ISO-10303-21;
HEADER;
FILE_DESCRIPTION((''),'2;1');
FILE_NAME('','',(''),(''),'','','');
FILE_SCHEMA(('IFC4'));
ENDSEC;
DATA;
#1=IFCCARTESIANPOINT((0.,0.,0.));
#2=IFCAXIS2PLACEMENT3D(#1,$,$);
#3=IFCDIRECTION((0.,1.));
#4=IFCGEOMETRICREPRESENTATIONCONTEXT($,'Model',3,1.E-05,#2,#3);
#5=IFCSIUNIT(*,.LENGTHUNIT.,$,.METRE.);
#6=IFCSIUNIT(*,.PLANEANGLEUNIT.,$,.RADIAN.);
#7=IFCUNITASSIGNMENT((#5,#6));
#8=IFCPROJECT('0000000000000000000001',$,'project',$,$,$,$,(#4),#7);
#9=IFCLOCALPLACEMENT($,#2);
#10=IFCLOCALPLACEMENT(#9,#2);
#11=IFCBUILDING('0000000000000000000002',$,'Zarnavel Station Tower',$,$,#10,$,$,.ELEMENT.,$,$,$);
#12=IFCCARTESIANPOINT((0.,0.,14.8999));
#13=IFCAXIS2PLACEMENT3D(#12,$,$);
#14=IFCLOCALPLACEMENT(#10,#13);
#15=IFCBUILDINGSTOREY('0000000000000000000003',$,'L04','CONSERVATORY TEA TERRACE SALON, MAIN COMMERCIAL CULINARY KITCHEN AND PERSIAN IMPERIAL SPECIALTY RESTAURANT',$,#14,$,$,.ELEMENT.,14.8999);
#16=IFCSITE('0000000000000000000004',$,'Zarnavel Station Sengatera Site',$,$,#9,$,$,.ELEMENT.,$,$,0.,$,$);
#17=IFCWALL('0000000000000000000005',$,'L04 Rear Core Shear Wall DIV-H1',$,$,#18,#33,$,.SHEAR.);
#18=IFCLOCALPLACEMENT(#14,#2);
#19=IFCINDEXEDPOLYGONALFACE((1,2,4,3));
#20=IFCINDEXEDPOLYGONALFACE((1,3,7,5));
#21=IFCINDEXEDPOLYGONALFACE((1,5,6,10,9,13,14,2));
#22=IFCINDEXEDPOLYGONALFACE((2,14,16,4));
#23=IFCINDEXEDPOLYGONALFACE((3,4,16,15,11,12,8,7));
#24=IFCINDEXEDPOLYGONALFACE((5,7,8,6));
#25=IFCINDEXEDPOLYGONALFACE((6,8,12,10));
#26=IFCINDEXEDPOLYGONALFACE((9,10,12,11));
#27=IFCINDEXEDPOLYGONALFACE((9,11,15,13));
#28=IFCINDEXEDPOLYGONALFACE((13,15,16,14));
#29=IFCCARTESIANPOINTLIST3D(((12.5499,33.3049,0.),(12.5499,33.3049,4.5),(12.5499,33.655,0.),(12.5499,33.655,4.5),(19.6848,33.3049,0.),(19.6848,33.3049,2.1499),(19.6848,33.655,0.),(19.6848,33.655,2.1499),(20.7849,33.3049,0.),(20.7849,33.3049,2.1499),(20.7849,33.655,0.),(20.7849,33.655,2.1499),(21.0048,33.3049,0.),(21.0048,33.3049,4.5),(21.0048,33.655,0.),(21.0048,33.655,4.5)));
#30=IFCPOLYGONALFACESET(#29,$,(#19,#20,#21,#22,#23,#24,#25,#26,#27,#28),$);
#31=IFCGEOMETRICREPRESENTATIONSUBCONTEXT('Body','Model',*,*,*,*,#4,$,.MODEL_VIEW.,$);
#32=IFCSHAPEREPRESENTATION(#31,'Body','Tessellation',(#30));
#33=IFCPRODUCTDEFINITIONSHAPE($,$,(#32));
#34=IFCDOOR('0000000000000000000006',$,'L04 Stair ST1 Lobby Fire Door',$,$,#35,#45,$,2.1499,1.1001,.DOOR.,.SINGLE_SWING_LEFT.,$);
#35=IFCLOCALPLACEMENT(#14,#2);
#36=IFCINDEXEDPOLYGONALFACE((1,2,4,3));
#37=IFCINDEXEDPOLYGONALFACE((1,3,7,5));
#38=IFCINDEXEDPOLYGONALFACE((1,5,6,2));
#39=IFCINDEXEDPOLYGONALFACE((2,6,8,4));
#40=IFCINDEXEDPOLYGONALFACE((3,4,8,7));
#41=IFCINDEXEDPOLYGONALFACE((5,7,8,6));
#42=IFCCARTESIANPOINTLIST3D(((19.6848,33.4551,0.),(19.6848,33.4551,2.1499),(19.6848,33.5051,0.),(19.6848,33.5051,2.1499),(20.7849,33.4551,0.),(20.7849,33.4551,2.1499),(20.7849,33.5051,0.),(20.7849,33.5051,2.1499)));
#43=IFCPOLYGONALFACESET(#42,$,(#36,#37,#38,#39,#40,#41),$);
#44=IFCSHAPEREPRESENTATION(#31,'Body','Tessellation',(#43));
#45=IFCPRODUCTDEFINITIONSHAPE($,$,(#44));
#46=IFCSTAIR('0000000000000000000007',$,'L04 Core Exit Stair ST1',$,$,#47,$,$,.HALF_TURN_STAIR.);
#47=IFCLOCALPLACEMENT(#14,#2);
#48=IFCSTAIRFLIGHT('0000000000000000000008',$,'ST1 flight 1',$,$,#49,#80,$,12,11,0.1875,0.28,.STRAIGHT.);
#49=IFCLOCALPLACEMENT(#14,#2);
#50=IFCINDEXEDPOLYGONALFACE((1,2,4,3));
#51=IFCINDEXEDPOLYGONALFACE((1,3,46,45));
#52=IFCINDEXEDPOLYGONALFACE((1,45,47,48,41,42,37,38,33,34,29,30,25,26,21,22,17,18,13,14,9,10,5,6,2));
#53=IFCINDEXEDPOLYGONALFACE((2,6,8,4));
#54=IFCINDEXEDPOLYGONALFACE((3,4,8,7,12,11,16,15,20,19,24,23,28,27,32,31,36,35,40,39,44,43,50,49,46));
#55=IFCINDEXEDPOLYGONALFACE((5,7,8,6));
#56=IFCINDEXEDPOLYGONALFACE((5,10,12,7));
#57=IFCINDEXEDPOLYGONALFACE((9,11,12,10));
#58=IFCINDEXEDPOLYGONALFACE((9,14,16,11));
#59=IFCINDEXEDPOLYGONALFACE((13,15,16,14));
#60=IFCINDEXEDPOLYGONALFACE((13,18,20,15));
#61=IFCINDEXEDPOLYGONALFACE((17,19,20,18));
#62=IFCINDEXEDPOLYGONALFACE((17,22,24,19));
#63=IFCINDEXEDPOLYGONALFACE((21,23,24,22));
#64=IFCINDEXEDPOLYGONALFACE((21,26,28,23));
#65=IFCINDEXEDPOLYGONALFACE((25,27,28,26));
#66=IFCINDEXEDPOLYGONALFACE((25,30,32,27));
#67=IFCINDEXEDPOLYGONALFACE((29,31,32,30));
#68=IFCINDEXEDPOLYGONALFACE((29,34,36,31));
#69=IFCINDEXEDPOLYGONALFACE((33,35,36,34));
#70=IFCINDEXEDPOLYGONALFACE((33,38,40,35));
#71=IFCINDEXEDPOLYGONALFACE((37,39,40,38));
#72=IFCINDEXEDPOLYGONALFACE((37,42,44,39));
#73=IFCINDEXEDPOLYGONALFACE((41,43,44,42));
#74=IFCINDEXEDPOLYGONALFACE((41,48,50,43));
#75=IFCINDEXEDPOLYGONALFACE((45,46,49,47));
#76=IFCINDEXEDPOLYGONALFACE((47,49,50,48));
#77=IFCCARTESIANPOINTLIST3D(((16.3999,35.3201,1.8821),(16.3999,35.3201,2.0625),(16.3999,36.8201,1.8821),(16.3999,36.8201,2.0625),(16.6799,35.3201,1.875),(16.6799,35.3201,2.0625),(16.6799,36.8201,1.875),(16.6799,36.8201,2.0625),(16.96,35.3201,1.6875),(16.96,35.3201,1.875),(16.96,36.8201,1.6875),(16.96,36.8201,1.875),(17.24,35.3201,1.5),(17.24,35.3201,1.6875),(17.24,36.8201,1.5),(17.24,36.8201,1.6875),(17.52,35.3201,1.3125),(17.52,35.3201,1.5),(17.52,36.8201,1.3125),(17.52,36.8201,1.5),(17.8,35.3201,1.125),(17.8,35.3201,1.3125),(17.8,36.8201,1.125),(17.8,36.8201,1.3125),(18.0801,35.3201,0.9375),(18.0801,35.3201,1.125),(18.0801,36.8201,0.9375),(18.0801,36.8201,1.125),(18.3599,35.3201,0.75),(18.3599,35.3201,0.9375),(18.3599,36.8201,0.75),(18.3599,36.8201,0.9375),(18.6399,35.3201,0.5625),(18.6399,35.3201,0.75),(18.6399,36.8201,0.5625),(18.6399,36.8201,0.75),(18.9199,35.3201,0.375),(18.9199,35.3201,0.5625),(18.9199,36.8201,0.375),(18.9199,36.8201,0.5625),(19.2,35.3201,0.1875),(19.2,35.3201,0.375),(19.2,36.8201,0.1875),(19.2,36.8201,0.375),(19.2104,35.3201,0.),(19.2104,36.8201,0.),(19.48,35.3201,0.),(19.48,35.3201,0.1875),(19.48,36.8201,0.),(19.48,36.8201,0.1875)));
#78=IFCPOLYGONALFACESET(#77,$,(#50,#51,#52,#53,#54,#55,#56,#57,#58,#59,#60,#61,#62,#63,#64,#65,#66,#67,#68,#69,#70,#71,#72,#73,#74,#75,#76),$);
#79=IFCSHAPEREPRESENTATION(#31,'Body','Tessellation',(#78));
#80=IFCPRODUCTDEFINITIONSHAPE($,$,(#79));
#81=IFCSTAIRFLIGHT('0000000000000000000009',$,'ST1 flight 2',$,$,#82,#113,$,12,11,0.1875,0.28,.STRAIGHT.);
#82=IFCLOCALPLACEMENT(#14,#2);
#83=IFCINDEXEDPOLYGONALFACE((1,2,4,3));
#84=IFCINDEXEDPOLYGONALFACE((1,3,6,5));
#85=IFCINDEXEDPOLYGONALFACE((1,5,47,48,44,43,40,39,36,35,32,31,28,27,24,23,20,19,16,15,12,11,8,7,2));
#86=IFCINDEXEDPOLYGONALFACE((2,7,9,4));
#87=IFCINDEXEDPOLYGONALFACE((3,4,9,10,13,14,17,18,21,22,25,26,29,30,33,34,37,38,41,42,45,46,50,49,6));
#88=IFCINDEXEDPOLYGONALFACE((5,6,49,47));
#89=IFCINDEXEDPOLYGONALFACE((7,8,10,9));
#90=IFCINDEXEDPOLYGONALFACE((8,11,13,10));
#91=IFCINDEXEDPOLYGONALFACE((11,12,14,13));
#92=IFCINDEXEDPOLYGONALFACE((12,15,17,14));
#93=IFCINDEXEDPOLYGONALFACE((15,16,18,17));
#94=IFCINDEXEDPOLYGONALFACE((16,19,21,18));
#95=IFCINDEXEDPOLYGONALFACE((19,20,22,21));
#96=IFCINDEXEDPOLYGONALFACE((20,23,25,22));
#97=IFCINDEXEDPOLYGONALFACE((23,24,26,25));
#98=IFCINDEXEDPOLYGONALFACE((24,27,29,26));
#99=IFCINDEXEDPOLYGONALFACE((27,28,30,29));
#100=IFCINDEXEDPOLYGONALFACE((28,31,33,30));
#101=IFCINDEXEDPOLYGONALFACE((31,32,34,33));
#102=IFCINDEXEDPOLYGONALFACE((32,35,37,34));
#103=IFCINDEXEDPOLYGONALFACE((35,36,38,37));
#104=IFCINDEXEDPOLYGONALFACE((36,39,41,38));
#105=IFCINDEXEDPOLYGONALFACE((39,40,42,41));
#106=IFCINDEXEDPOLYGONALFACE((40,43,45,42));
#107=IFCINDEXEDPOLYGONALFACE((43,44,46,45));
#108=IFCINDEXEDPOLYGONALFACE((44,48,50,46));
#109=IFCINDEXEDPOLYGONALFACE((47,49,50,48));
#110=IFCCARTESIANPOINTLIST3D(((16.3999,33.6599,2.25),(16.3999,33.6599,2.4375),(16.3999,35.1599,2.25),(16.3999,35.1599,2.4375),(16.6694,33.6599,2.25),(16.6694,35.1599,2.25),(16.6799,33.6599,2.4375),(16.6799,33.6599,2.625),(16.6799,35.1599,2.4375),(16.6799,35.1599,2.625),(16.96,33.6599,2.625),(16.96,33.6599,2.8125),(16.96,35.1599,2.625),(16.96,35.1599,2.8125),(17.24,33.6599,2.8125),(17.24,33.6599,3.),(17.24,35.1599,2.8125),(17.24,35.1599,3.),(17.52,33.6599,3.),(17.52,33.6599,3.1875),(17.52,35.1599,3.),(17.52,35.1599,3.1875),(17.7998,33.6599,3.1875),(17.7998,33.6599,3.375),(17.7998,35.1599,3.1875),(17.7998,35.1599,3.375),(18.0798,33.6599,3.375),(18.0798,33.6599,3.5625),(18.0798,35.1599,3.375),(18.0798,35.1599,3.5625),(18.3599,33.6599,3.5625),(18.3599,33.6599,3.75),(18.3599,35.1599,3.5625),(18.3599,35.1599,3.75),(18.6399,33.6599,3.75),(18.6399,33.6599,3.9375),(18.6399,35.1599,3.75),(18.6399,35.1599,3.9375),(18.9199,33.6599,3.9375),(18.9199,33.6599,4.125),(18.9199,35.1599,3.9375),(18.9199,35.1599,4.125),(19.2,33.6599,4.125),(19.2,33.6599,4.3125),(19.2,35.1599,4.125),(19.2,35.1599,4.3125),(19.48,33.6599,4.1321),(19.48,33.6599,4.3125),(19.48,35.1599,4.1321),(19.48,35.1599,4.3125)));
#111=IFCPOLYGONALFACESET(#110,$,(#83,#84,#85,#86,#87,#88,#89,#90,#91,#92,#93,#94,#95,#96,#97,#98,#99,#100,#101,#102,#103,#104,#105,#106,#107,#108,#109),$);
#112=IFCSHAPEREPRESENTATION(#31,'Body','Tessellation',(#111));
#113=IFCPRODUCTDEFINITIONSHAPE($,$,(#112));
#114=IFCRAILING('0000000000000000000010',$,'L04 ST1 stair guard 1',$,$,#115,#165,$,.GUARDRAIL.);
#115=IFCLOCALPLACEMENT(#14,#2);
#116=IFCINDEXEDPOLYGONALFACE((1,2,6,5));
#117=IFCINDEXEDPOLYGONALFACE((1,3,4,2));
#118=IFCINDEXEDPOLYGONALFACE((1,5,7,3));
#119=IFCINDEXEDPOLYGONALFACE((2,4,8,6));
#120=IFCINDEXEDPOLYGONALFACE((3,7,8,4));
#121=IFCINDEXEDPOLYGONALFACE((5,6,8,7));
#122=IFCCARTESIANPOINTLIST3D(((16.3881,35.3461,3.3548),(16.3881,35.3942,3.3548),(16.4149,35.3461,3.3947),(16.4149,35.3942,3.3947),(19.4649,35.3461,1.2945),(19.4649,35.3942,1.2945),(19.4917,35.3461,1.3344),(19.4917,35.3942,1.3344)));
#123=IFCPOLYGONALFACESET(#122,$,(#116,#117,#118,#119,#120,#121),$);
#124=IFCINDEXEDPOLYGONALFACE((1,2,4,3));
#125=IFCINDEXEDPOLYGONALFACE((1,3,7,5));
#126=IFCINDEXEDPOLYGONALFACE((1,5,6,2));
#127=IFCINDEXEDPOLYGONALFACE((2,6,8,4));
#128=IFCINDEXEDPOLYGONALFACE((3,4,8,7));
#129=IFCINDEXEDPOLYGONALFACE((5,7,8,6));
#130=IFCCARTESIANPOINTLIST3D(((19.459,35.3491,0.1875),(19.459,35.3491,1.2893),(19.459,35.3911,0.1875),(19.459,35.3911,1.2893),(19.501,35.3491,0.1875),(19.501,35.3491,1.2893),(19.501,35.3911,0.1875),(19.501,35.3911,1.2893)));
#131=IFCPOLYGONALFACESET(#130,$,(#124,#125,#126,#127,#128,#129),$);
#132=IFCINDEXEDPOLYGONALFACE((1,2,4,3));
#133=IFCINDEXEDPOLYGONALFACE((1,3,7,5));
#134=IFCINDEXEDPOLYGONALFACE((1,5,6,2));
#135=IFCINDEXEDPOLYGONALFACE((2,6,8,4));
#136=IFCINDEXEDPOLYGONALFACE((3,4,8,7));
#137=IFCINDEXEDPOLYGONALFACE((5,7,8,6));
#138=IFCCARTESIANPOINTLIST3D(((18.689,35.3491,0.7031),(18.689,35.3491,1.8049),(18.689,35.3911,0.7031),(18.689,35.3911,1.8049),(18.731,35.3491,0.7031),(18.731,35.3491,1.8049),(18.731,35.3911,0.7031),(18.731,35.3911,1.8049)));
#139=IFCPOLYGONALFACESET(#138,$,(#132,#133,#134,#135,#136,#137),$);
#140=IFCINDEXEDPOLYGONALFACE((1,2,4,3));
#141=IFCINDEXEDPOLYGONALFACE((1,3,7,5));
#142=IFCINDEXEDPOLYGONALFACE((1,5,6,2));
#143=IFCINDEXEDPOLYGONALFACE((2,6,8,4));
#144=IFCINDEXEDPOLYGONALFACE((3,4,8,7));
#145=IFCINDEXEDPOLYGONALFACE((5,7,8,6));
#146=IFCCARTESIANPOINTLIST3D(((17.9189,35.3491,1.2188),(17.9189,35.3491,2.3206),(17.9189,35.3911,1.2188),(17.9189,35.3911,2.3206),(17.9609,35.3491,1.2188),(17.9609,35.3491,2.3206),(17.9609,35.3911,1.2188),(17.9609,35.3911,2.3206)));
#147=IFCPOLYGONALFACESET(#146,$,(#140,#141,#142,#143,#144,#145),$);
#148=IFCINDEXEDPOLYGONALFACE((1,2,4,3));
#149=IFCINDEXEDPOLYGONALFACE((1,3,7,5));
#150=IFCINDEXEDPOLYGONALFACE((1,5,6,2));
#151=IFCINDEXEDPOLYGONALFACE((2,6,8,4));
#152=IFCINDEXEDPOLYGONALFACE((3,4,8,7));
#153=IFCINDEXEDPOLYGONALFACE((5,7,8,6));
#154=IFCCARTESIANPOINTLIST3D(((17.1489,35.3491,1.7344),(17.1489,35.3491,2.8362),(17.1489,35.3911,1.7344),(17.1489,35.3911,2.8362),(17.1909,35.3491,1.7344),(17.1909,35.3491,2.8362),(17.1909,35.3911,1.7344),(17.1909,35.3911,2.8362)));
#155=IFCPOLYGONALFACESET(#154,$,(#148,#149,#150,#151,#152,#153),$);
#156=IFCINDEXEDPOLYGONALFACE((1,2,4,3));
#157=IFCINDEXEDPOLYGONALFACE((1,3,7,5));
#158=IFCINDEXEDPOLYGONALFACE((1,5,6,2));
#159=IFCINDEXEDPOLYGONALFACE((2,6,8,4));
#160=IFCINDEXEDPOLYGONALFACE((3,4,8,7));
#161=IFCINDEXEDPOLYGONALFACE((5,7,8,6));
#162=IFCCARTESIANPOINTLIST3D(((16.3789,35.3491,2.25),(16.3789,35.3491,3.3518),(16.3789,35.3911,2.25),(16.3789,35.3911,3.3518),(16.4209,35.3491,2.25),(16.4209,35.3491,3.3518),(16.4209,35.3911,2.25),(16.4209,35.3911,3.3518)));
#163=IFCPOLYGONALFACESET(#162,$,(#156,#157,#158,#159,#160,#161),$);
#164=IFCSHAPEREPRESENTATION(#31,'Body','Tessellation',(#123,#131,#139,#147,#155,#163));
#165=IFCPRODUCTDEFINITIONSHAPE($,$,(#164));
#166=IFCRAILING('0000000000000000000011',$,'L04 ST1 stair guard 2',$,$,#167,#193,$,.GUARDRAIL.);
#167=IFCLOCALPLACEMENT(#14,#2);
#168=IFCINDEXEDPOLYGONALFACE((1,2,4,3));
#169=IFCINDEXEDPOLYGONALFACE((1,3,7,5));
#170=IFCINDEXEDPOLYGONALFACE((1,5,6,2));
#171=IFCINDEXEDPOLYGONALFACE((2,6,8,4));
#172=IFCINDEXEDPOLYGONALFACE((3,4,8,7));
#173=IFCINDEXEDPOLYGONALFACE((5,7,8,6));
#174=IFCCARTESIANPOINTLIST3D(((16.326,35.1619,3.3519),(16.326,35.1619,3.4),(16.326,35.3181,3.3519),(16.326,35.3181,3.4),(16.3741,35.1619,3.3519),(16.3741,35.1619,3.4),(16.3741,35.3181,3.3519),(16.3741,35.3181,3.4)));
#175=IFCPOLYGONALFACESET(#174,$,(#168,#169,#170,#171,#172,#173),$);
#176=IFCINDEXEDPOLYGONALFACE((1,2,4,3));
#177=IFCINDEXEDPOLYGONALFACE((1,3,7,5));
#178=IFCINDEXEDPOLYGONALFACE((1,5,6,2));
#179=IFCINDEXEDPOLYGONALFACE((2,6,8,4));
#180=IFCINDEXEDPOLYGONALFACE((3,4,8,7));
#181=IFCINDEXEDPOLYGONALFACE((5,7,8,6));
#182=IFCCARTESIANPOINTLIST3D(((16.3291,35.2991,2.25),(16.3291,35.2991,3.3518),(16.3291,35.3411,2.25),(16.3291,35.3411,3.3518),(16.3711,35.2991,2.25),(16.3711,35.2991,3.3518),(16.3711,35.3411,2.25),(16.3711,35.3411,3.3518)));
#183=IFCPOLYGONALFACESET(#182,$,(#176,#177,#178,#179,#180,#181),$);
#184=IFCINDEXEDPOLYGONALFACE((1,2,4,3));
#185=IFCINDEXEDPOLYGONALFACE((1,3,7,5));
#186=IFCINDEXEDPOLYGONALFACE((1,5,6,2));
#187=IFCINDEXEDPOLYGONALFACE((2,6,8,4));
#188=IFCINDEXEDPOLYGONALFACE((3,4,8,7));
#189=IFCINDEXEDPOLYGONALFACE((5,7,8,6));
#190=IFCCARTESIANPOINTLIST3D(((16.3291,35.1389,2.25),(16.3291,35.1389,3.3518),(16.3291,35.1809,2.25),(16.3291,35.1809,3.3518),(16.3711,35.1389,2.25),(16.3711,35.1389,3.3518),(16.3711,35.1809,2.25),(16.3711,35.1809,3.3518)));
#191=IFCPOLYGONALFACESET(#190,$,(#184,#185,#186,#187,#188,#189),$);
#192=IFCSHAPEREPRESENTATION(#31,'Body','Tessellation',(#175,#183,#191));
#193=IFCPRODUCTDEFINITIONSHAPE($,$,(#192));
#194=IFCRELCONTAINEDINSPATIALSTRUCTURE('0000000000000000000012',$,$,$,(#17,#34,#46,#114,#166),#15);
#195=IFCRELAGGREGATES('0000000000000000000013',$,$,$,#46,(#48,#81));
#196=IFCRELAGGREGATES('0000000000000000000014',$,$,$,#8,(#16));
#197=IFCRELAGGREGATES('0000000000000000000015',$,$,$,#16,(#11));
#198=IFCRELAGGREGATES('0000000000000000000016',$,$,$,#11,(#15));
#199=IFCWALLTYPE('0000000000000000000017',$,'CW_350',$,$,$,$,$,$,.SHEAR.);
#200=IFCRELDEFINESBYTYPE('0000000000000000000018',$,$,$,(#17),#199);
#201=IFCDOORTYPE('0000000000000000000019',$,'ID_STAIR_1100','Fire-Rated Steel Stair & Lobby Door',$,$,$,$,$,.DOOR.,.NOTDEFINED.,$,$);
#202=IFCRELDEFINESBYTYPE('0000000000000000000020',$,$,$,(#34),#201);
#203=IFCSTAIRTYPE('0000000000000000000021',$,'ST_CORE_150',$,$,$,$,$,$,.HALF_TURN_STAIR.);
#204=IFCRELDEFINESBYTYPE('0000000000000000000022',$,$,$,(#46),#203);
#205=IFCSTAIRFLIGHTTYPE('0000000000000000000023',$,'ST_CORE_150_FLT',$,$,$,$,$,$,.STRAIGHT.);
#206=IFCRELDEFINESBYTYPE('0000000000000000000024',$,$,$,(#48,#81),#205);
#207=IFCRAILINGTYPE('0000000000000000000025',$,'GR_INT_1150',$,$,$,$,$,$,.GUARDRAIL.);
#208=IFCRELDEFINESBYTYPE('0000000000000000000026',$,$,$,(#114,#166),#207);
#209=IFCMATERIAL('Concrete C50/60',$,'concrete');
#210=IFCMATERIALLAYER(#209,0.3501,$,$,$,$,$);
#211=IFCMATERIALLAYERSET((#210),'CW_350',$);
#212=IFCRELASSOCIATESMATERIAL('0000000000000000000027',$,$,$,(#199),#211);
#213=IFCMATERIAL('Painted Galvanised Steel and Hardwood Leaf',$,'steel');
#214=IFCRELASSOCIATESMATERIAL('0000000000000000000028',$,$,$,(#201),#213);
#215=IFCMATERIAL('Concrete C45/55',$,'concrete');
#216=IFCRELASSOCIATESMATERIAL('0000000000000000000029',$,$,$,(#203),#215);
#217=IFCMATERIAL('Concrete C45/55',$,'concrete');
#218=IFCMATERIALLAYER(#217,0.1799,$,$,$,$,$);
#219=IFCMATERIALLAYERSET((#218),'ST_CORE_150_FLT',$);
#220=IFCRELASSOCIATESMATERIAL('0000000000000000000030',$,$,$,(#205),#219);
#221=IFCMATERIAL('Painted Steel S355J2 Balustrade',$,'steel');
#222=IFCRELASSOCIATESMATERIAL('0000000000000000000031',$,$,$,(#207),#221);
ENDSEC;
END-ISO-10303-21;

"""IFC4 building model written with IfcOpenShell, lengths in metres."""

from ifc_helpers import new_model, si_unit, direction, frame, frame_2d, origin, origin_2d, place, context, subcontext, project, spatial, polyline, rectangle, outline, extrude, material, layer, layer_set, type_object, element, fill, aggregate, save


model = new_model("IFC4")

# Units and contexts
model_context = context("Model", 3, precision=1e-05, world=origin(), true_north=direction((0.0, 1.0)))
body_context = subcontext(model_context, "Body", "Model", "MODEL_VIEW")
ifc_project = project(units=[si_unit("LENGTHUNIT", "METRE"), si_unit("PLANEANGLEUNIT", "RADIAN")], contexts=[model_context])

# Site, building, storey
site_placement = place(None, origin())
site = spatial("IfcSite", under=ifc_project, at=site_placement, Name="Zarnavel Station Sengatera Site", CompositionType="ELEMENT", RefElevation=0.0)
building_placement = place(site_placement, origin())
building = spatial("IfcBuilding", under=site, at=building_placement, Name="Zarnavel Station Tower", CompositionType="ELEMENT")
storey_placement = place(building_placement, frame((0.0, 0.0, 14.8999)))
storey = spatial("IfcBuildingStorey", under=building, at=storey_placement, Name="L04", Description="CONSERVATORY TEA TERRACE SALON, MAIN COMMERCIAL CULINARY KITCHEN AND PERSIAN IMPERIAL SPECIALTY RESTAURANT", CompositionType="ELEMENT", Elevation=14.8999)

# Wall, opening, door
ifc_material_1 = material(Name="Concrete C50/60", Category="concrete")
ifc_layer_1 = layer(ifc_material_1, 0.3501)
ifc_layer_set_1 = layer_set([ifc_layer_1], Name="CW_350")
wall_type_1 = type_object("IfcWallType", Name="CW_350", PredefinedType="SHEAR", material=ifc_layer_set_1)
wall_1_placement = place(storey_placement, frame((21.0049, 33.48, 0.0), z_axis=(0.0, 0.0, 1.0), x_axis=(-1.0, 0.0, 0.0)))
wall_1 = element("IfcWall", 1, at=wall_1_placement, inside=storey, type_object=wall_type_1, Name="L04 Rear Core Shear Wall DIV-H1", PredefinedType="SHEAR", context=body_context, shape_type="SweptSolid", body=[
    extrude(rectangle(XDim=8.4548, YDim=0.3501, at=frame_2d((4.2275, 0.0))), origin(), (0.0, 0.0, 1.0), 4.5),
])
opening_1_placement = place(wall_1_placement, frame((0.22, 0.0, 0.0)))
opening_1 = element("IfcOpeningElement", 2, at=opening_1_placement, cuts=wall_1, PredefinedType="OPENING", context=body_context, shape_type="SweptSolid", body=[
    extrude(rectangle(XDim=1.1001, YDim=2.1499, at=frame_2d((0.55, 1.075))), frame((0.0, 0.1851, 0.0), z_axis=(0.0, -1.0, 0.0), x_axis=(1.0, 0.0, 0.0)), (0.0, 0.0, 1.0), 0.3701),
])
ifc_material_2 = material(Name="Painted Galvanised Steel and Hardwood Leaf", Category="steel")
door_type_1 = type_object("IfcDoorType", Name="ID_STAIR_1100", Description="Fire-Rated Steel Stair & Lobby Door", OperationType="NOTDEFINED", PredefinedType="DOOR", material=ifc_material_2)
door_1_placement = place(opening_1_placement, origin())
door_1 = element("IfcDoor", 3, at=door_1_placement, inside=storey, type_object=door_type_1, Name="L04 Stair ST1 Lobby Fire Door", OperationType="SINGLE_SWING_LEFT", OverallHeight=2.1499, OverallWidth=1.1001, PredefinedType="DOOR", context=body_context, shape_type="SweptSolid", body=[
    extrude(rectangle(XDim=1.1001, YDim=2.1499, at=frame_2d((0.55, 1.075))), frame((0.0, 0.0249, 0.0), z_axis=(0.0, -1.0, 0.0), x_axis=(1.0, 0.0, 0.0)), (0.0, 0.0, 1.0), 0.05),
])
fill(opening_1, door_1)

# Stair, stair flights
ifc_material_3 = material(Name="Concrete C45/55", Category="concrete")
stair_type = type_object("IfcStairType", Name="ST_CORE_150", PredefinedType="HALF_TURN_STAIR", material=ifc_material_3)
stair_placement = place(storey_placement, origin())
stair = element("IfcStair", 4, at=stair_placement, inside=storey, type_object=stair_type, Name="L04 Core Exit Stair ST1", PredefinedType="HALF_TURN_STAIR")
ifc_material_4 = material(Name="Concrete C45/55", Category="concrete")
ifc_layer_2 = layer(ifc_material_4, 0.1799)
ifc_layer_set_2 = layer_set([ifc_layer_2], Name="ST_CORE_150_FLT")
stair_flight_type = type_object("IfcStairFlightType", Name="ST_CORE_150_FLT", PredefinedType="STRAIGHT", material=ifc_layer_set_2)
stair_flight_1_placement = place(storey_placement, frame((19.48, 36.0701, 0.0), z_axis=(0.0, 0.0, 1.0), x_axis=(-1.0, 0.0, 0.0)))
stair_flight_1 = element("IfcStairFlight", 5, at=stair_flight_1_placement, type_object=stair_flight_type, Name="ST1 flight 1", NumberOfRisers=12, NumberOfTreads=11, PredefinedType="STRAIGHT", RiserHeight=0.1875, TreadLength=0.28, context=body_context, shape_type="SweptSolid", body=[
    extrude(outline(polyline([(0.0, 0.0), (0.0, 0.1875), (0.28, 0.1875), (0.28, 0.375), (0.5601, 0.375), (0.5601, 0.5625), (0.8401, 0.5625), (0.8401, 0.75), (1.1201, 0.75), (1.1201, 0.9375), (1.3999, 0.9375), (1.3999, 1.125), (1.6799, 1.125), (1.6799, 1.3125), (1.96, 1.3125), (1.96, 1.5), (2.24, 1.5), (2.24, 1.6875), (2.52, 1.6875), (2.52, 1.875), (2.8, 1.875), (2.8, 2.0625), (3.0801, 2.0625), (3.0801, 2.25), (3.0801, 1.8821), (0.2695, 0.0), (0.0, 0.0)])), frame((0.0, 0.75, 0.0), z_axis=(0.0, -1.0, 0.0), x_axis=(1.0, 0.0, 0.0)), (0.0, 0.0, 1.0), 1.5),
])
stair_flight_2_placement = place(storey_placement, frame((16.3999, 34.4099, 2.25), z_axis=(0.0, 0.0, 1.0), x_axis=(1.0, 0.0, 0.0)))
stair_flight_2 = element("IfcStairFlight", 6, at=stair_flight_2_placement, type_object=stair_flight_type, Name="ST1 flight 2", NumberOfRisers=12, NumberOfTreads=11, PredefinedType="STRAIGHT", RiserHeight=0.1875, TreadLength=0.28, context=body_context, shape_type="SweptSolid", body=[
    extrude(outline(polyline([(0.0, 0.0), (0.0, 0.1875), (0.28, 0.1875), (0.28, 0.375), (0.5601, 0.375), (0.5601, 0.5625), (0.8401, 0.5625), (0.8401, 0.75), (1.1201, 0.75), (1.1201, 0.9375), (1.3999, 0.9375), (1.3999, 1.125), (1.6799, 1.125), (1.6799, 1.3125), (1.96, 1.3125), (1.96, 1.5), (2.24, 1.5), (2.24, 1.6875), (2.52, 1.6875), (2.52, 1.875), (2.8, 1.875), (2.8, 2.0625), (3.0801, 2.0625), (3.0801, 2.25), (3.0801, 1.8821), (0.2695, 0.0), (0.0, 0.0)])), frame((0.0, 0.75, 0.0), z_axis=(0.0, -1.0, 0.0), x_axis=(1.0, 0.0, 0.0)), (0.0, 0.0, 1.0), 1.5),
])
aggregate(stair, [stair_flight_1, stair_flight_2])

# Railings
ifc_material_5 = material(Name="Painted Steel S355J2 Balustrade", Category="steel")
railing_type_1 = type_object("IfcRailingType", Name="GR_INT_1150", PredefinedType="GUARDRAIL", material=ifc_material_5)
railing_1_placement = place(storey_placement, frame((19.48, 35.3701, 0.1875)))
element("IfcRailing", 7, at=railing_1_placement, inside=storey, type_object=railing_type_1, Name="L04 ST1 stair guard 1", PredefinedType="GUARDRAIL", context=body_context, shape_type="SweptSolid", body=[
    extrude(rectangle(XDim=0.0481, YDim=0.0481, at=origin_2d()), frame((-0.0017, 0.0, 1.127), z_axis=(-0.830914, 0.0, 0.556401), x_axis=(0.0, -1.0, 0.0)), (0.0, 0.0, 1.0), 3.7029),
    extrude(rectangle(XDim=0.042, YDim=0.042, at=origin_2d()), origin(), (0.0, 0.0, 1.0), 1.1018),
    extrude(rectangle(XDim=0.042, YDim=0.042, at=origin_2d()), frame((-0.77, 0.0, 0.5156)), (0.0, 0.0, 1.0), 1.1018),
    extrude(rectangle(XDim=0.042, YDim=0.042, at=origin_2d()), frame((-1.54, 0.0, 1.0312)), (0.0, 0.0, 1.0), 1.1018),
    extrude(rectangle(XDim=0.042, YDim=0.042, at=origin_2d()), frame((-2.3101, 0.0, 1.5469)), (0.0, 0.0, 1.0), 1.1018),
    extrude(rectangle(XDim=0.042, YDim=0.042, at=origin_2d()), frame((-3.0801, 0.0, 2.0625)), (0.0, 0.0, 1.0), 1.1018),
])
railing_2_placement = place(storey_placement, frame((16.3501, 35.3201, 2.25)))
element("IfcRailing", 8, at=railing_2_placement, inside=storey, type_object=railing_type_1, Name="L04 ST1 stair guard 2", PredefinedType="GUARDRAIL", context=body_context, shape_type="SweptSolid", body=[
    extrude(rectangle(XDim=0.0481, YDim=0.0481, at=origin_2d()), frame((0.0, -0.002, 1.126), z_axis=(0.0, -1.0, 0.0), x_axis=(1.0, 0.0, 0.0)), (0.0, 0.0, 1.0), 0.1562),
    extrude(rectangle(XDim=0.042, YDim=0.042, at=origin_2d()), origin(), (0.0, 0.0, 1.0), 1.1018),
    extrude(rectangle(XDim=0.042, YDim=0.042, at=origin_2d()), frame((0.0, -0.1602, 0.0)), (0.0, 0.0, 1.0), 1.1018),
])

save(model, "model.ifc")
